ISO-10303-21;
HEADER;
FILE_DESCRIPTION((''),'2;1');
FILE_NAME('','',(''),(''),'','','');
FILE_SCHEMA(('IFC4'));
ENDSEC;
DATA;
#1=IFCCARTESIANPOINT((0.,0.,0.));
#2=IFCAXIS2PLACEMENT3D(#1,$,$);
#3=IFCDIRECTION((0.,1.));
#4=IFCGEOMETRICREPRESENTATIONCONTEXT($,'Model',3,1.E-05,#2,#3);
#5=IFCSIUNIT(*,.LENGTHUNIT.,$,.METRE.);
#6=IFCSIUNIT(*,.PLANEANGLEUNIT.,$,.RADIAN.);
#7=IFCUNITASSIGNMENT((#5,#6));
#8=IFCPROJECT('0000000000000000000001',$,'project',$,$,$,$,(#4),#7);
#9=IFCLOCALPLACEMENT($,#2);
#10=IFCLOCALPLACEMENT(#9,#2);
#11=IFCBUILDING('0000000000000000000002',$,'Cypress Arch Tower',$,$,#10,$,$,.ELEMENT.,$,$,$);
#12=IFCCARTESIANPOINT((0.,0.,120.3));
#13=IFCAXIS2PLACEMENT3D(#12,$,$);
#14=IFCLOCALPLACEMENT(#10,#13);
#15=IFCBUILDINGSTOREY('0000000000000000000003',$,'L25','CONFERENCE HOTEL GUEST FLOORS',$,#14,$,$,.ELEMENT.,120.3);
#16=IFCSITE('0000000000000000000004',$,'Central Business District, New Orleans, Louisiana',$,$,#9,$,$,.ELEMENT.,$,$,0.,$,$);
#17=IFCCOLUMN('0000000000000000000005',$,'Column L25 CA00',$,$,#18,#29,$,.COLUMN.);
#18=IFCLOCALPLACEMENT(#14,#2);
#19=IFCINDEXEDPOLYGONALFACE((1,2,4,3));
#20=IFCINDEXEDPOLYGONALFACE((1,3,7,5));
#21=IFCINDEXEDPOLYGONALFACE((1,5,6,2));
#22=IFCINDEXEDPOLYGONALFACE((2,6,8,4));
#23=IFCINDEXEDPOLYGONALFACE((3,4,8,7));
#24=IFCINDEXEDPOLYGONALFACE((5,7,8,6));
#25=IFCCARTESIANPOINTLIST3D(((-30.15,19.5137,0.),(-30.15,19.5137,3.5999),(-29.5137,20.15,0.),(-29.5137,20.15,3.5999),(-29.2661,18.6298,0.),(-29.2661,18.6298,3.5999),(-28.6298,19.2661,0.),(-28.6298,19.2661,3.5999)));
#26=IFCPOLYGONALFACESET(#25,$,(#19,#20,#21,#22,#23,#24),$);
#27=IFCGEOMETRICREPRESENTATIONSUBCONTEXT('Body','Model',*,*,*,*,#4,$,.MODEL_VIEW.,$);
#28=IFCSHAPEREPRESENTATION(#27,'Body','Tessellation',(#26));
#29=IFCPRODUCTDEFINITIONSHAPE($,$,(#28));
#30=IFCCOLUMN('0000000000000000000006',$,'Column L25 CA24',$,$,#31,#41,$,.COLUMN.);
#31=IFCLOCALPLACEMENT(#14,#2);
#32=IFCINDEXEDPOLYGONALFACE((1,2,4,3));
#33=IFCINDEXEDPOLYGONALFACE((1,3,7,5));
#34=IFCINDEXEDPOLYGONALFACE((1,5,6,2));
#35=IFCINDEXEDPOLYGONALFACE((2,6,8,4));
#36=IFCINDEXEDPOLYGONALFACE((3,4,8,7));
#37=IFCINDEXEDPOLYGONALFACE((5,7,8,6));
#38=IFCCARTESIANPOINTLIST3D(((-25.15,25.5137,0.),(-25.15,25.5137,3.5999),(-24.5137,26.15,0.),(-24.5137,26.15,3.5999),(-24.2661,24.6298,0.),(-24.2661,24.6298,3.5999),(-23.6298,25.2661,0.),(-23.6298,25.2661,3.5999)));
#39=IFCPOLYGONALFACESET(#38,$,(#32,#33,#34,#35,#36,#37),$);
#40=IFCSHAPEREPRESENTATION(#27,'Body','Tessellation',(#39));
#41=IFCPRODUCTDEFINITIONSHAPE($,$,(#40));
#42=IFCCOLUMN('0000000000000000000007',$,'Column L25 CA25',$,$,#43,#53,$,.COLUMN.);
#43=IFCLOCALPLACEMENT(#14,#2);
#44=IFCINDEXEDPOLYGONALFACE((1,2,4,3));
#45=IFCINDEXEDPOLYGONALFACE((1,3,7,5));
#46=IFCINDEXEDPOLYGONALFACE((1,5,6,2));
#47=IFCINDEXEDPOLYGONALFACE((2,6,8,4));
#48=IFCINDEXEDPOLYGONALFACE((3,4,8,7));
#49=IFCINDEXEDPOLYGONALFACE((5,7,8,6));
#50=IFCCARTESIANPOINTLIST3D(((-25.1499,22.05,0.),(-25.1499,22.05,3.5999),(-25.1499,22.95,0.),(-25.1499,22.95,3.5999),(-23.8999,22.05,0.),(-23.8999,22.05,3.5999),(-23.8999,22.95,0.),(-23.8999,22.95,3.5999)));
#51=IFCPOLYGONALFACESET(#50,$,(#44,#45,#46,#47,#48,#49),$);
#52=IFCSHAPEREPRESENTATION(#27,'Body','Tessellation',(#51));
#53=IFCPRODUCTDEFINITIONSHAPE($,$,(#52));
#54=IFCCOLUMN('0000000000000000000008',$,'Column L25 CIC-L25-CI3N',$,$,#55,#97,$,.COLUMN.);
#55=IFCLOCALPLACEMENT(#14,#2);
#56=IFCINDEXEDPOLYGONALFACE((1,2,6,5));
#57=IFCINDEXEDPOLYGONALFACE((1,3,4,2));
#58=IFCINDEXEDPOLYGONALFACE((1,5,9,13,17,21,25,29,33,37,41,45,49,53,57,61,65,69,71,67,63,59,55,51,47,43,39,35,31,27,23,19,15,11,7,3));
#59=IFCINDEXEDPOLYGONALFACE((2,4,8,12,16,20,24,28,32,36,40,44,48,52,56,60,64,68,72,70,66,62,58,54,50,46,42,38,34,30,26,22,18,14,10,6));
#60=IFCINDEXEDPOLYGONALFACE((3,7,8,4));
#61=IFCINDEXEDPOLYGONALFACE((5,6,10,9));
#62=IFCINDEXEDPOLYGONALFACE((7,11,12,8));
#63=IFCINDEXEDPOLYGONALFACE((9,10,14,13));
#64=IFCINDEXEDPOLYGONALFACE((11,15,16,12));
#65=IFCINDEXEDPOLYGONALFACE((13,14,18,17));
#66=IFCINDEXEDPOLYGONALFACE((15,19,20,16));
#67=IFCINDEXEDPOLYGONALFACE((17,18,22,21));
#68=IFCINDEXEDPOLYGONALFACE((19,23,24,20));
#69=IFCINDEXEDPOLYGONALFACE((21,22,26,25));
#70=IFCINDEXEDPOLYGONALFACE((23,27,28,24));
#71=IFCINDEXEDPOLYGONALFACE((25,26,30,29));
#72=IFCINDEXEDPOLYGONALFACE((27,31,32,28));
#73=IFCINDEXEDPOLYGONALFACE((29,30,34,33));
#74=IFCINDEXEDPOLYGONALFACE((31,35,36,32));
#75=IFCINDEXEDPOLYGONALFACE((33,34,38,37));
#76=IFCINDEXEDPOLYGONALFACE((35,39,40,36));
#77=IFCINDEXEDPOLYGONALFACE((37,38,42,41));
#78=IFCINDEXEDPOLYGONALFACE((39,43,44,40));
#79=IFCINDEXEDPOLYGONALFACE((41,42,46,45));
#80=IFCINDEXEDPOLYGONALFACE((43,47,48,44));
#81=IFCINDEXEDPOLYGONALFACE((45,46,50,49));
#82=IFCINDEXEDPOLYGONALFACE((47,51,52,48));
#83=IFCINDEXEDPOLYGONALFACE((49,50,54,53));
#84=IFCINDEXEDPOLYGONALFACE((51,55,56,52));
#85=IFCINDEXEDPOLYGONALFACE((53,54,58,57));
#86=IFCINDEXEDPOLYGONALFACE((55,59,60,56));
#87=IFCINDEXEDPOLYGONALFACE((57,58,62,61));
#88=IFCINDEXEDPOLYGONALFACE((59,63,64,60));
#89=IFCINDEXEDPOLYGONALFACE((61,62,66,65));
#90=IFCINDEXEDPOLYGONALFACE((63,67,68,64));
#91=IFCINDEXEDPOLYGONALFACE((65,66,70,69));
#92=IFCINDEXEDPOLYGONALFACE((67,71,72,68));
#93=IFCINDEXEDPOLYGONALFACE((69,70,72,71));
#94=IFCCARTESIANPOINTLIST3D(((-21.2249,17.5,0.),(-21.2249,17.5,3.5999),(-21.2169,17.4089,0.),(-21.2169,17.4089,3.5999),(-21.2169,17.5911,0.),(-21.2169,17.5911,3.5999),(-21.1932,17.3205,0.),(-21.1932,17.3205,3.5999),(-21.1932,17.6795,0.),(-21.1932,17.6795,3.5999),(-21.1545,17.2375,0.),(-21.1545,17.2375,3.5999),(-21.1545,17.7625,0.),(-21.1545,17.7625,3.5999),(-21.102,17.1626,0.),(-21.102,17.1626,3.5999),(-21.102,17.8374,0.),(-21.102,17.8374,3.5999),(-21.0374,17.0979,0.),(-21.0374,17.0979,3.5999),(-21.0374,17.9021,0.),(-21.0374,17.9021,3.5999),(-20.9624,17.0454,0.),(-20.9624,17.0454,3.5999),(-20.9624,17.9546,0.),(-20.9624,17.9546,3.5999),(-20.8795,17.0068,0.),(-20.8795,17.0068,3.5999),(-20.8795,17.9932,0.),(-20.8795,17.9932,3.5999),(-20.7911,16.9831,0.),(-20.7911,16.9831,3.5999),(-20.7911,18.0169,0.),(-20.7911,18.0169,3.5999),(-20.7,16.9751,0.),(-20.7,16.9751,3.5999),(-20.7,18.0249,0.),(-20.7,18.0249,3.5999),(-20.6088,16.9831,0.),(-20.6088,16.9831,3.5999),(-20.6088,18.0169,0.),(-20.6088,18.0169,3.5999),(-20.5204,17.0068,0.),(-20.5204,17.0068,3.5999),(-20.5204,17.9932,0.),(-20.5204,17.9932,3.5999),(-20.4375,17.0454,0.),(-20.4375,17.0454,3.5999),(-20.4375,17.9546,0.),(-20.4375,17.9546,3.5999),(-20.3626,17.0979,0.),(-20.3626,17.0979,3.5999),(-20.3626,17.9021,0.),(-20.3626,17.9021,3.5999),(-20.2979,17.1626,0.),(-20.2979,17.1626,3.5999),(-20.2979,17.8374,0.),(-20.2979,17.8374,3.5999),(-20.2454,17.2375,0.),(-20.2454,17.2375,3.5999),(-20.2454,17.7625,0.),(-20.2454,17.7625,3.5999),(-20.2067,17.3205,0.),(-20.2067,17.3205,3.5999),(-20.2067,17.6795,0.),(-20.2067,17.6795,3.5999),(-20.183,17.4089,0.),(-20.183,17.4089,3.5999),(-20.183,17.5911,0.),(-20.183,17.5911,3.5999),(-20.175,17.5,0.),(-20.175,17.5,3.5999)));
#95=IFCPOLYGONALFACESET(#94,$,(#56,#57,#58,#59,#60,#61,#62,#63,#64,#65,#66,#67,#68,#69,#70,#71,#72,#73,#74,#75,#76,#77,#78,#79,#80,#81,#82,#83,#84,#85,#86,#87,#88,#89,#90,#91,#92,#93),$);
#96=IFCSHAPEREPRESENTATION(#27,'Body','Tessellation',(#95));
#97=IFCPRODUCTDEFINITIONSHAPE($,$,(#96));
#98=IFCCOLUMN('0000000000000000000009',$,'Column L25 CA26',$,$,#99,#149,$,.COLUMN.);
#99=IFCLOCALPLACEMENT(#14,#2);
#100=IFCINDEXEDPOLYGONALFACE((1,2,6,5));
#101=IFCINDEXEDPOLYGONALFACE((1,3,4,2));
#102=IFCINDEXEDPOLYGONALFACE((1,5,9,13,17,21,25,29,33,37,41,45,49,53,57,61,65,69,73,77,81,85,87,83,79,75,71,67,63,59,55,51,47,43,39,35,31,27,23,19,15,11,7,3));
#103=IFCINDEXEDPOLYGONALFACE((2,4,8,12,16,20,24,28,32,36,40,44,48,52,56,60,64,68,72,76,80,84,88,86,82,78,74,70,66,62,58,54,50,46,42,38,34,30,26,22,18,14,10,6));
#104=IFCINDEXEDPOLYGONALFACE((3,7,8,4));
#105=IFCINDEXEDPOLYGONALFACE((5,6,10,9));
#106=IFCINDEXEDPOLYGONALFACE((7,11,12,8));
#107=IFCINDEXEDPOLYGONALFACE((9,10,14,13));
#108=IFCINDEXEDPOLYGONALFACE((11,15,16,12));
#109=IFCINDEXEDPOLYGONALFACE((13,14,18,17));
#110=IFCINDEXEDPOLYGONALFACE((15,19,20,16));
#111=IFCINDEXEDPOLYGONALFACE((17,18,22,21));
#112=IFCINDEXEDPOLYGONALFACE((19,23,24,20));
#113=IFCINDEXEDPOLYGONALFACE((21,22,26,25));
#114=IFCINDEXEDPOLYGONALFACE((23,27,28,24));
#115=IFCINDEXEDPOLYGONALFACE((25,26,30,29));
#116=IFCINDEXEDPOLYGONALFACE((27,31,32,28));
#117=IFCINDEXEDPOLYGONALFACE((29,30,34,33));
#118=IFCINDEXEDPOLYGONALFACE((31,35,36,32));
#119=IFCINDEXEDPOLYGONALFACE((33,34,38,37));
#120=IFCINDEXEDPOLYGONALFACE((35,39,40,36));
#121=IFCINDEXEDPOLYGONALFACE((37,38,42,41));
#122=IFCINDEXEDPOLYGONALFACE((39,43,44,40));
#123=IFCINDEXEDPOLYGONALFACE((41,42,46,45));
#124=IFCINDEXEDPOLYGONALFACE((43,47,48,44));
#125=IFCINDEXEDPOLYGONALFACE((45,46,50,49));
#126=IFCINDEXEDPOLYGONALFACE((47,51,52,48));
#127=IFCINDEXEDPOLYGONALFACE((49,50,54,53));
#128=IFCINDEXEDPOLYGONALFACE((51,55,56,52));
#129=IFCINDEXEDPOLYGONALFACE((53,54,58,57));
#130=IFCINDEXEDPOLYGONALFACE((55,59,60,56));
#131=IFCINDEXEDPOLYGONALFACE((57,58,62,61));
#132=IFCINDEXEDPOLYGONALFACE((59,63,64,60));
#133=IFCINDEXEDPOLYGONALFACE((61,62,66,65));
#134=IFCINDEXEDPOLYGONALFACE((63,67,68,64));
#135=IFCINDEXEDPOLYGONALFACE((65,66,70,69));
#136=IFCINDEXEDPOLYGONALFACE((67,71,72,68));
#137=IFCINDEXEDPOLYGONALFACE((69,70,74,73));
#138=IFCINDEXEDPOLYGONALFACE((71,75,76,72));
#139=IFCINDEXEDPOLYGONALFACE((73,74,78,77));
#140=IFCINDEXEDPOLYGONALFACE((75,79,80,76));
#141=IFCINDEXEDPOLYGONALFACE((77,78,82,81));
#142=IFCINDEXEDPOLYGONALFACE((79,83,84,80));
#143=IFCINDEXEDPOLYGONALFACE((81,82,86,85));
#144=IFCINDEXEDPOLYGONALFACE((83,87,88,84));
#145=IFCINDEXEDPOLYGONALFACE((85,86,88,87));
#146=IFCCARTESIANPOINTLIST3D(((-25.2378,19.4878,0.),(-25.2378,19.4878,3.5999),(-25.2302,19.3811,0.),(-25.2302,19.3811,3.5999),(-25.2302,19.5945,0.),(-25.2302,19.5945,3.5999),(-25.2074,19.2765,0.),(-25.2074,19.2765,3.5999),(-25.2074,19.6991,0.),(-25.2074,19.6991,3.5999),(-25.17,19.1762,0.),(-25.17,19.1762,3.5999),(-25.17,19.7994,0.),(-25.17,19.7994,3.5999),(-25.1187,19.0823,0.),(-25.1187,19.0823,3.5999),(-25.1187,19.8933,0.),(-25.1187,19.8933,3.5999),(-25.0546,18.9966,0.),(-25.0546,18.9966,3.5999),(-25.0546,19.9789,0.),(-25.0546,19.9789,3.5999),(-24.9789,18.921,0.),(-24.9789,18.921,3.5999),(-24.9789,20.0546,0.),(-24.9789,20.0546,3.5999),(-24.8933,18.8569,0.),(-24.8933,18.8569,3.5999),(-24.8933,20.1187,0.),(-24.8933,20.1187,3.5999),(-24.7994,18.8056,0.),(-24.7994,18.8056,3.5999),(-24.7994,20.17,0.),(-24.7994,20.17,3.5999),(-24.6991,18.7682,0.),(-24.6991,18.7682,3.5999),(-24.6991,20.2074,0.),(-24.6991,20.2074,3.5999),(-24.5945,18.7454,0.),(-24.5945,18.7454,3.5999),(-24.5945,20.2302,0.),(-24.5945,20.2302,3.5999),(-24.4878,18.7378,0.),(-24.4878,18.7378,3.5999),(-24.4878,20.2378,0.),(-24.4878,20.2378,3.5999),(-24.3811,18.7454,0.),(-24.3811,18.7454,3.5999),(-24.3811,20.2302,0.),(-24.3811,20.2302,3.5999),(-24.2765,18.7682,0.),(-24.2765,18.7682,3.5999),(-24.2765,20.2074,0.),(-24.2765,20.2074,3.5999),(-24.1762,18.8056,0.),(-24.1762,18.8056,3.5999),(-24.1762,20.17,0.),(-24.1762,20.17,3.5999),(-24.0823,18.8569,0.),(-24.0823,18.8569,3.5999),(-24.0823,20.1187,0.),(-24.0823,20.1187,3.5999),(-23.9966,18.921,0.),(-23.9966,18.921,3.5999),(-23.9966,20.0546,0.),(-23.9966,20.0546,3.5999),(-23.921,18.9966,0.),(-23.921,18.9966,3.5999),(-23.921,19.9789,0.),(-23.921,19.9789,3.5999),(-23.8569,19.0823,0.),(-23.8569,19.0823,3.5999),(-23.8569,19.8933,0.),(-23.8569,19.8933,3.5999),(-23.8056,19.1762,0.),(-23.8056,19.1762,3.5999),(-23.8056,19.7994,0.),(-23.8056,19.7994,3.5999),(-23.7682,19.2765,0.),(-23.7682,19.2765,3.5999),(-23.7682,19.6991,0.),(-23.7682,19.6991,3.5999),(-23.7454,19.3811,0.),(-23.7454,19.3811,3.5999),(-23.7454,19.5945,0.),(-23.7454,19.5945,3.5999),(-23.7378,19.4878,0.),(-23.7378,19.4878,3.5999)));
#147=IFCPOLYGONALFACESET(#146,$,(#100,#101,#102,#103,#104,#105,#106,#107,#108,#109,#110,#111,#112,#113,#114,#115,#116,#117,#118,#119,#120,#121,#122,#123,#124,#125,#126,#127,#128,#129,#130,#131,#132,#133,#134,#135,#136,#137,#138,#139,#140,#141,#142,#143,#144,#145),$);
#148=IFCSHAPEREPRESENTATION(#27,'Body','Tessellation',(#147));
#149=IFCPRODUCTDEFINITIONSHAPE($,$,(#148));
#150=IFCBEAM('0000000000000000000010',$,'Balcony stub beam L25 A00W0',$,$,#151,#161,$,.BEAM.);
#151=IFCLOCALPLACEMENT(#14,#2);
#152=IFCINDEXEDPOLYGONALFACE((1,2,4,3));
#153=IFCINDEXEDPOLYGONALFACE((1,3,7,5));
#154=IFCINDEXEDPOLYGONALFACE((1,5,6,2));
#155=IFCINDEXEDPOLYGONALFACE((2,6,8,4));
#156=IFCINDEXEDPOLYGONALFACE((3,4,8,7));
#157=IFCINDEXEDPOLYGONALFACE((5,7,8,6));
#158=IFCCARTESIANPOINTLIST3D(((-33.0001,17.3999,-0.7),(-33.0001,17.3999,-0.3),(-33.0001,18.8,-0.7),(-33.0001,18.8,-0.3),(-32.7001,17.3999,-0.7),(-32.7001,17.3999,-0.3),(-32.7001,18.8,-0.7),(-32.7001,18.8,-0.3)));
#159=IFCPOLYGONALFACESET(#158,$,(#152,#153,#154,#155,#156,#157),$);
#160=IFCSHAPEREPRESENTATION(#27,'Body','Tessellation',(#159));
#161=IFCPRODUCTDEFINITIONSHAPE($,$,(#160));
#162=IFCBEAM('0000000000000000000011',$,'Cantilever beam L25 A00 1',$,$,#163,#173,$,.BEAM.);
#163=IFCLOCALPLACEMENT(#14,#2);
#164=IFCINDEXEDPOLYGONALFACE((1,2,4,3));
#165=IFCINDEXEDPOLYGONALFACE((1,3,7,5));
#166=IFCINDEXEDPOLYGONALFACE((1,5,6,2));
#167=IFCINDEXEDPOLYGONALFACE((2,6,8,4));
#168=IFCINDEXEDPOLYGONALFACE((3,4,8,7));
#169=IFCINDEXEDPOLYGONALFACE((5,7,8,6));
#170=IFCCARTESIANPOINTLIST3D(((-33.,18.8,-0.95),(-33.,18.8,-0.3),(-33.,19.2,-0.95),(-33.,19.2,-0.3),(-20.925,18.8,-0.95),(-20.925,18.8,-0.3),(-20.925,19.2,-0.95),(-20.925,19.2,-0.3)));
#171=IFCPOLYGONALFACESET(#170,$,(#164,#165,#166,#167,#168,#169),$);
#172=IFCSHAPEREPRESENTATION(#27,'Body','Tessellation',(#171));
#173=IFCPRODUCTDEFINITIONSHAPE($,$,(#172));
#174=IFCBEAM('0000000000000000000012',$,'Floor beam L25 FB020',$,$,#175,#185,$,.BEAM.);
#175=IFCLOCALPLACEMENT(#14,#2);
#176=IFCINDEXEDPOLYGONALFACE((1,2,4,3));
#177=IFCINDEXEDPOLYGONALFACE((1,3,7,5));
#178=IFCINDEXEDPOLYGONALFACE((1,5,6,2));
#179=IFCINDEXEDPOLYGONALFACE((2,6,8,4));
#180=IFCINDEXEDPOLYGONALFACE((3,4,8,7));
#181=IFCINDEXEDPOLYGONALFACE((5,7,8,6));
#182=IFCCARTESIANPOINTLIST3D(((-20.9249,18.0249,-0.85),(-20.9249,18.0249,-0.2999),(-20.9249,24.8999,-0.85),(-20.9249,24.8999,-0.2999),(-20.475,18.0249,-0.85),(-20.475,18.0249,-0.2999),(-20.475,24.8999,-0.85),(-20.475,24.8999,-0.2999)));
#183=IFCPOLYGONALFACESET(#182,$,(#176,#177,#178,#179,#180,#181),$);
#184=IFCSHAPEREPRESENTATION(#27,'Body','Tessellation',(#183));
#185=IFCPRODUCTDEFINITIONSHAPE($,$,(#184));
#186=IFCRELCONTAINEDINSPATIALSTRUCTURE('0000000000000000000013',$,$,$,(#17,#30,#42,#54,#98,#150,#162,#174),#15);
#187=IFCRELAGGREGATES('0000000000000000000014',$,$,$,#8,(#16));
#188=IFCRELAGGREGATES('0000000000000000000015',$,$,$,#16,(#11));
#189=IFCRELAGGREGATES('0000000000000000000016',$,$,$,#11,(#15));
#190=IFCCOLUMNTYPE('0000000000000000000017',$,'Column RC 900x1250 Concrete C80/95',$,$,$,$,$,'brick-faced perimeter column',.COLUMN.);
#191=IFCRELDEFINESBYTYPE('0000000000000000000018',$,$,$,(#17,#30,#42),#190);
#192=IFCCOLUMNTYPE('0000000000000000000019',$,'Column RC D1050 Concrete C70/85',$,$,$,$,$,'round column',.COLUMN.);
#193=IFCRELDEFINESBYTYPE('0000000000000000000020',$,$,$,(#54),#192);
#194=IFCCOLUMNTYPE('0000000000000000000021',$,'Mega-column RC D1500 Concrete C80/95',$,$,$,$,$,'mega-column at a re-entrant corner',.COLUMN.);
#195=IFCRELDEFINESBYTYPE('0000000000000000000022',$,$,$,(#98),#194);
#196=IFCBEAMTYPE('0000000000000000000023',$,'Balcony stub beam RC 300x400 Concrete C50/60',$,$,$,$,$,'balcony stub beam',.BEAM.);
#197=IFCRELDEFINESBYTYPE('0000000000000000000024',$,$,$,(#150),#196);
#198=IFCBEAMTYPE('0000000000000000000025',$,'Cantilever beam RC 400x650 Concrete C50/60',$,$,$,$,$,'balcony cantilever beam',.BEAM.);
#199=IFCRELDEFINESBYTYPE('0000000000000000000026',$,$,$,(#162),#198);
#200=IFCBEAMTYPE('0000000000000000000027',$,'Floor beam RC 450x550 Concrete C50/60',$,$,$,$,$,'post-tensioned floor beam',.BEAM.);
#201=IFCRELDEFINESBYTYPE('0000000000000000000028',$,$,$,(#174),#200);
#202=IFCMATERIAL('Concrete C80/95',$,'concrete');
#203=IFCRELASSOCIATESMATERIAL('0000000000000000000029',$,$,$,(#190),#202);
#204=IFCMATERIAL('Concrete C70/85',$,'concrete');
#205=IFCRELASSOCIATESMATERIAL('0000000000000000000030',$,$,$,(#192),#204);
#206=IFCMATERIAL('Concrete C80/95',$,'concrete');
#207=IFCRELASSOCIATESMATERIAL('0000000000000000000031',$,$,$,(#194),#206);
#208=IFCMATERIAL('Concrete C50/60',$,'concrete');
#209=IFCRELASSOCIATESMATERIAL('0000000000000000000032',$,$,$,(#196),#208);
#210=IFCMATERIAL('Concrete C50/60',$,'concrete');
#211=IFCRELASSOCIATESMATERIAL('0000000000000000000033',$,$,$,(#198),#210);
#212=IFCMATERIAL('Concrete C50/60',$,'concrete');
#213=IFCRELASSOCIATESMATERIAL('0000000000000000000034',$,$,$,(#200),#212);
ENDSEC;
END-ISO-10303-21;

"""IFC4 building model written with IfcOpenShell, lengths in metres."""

from ifc_helpers import new_model, si_unit, direction, frame, origin, origin_2d, place, context, subcontext, project, spatial, rectangle, circle, extrude, material, material_profile, profile_set, type_object, element, save


model = new_model("IFC4")

# Units and contexts
model_context = context("Model", 3, precision=1e-05, world=origin(), true_north=direction((0.0, 1.0)))
body_context = subcontext(model_context, "Body", "Model", "MODEL_VIEW")
ifc_project = project(units=[si_unit("LENGTHUNIT", "METRE"), si_unit("PLANEANGLEUNIT", "RADIAN")], contexts=[model_context])

# Site, building, storey
site_placement = place(None, origin())
site = spatial("IfcSite", under=ifc_project, at=site_placement, Name="Central Business District, New Orleans, Louisiana", CompositionType="ELEMENT", RefElevation=0.0)
building_placement = place(site_placement, origin())
building = spatial("IfcBuilding", under=site, at=building_placement, Name="Cypress Arch Tower", CompositionType="ELEMENT")
storey_placement = place(building_placement, frame((0.0, 0.0, 120.3)))
storey = spatial("IfcBuildingStorey", under=building, at=storey_placement, Name="L25", Description="CONFERENCE HOTEL GUEST FLOORS", CompositionType="ELEMENT", Elevation=120.3)

# Columns
ifc_material_1 = material(Name="Concrete C80/95", Category="concrete")
ifc_material_profile_1 = material_profile(ifc_material_1, rectangle(XDim=0.8999, YDim=1.25, at=origin_2d()), Name="RC 900x1250")
ifc_profile_set_1 = profile_set([ifc_material_profile_1], Name="Concrete C80/95")
column_type_1 = type_object("IfcColumnType", Name="Column RC 900x1250 Concrete C80/95", ElementType="brick-faced perimeter column", PredefinedType="COLUMN", material=ifc_profile_set_1)
for number, where, z_axis, x_axis, name in (
    (1, (-29.3899, 19.3899, 0.0), (0.0, 0.0, 1.0), (-0.707107, -0.707107, 0.0), "Column L25 CA00"),
    (2, (-24.3899, 25.3899, 0.0), (0.0, 0.0, 1.0), (-0.707107, -0.707107, 0.0), "Column L25 CA24"),
    (3, (-24.5249, 22.5, 0.0), (0.0, 0.0, 1.0), (0.0, -1.0, 0.0), "Column L25 CA25"),
):
    element("IfcColumn", number, at=place(storey_placement, frame(where, z_axis=z_axis, x_axis=x_axis)), inside=storey, type_object=column_type_1, Name=name, PredefinedType="COLUMN", context=body_context, shape_type="SweptSolid", body=[
        extrude(rectangle(XDim=0.8999, YDim=1.25, at=origin_2d()), origin(), (0.0, 0.0, 1.0), 3.5999),
    ])
ifc_material_2 = material(Name="Concrete C70/85", Category="concrete")
ifc_material_profile_2 = material_profile(ifc_material_2, circle(Radius=0.5249, at=origin_2d()), Name="RC D1050")
ifc_profile_set_2 = profile_set([ifc_material_profile_2], Name="Concrete C70/85")
column_type_2 = type_object("IfcColumnType", Name="Column RC D1050 Concrete C70/85", ElementType="round column", PredefinedType="COLUMN", material=ifc_profile_set_2)
column_1_placement = place(storey_placement, frame((-20.7, 17.5, 0.0), z_axis=(0.0, 0.0, 1.0), x_axis=(1.0, 0.0, 0.0)))
element("IfcColumn", 4, at=column_1_placement, inside=storey, type_object=column_type_2, Name="Column L25 CIC-L25-CI3N", PredefinedType="COLUMN", context=body_context, shape_type="SweptSolid", body=[
    extrude(circle(Radius=0.5249, at=origin_2d()), origin(), (0.0, 0.0, 1.0), 3.5999),
])
ifc_material_3 = material(Name="Concrete C80/95", Category="concrete")
ifc_material_profile_3 = material_profile(ifc_material_3, circle(Radius=0.75, at=origin_2d()), Name="RC D1500")
ifc_profile_set_3 = profile_set([ifc_material_profile_3], Name="Concrete C80/95")
column_type_3 = type_object("IfcColumnType", Name="Mega-column RC D1500 Concrete C80/95", ElementType="mega-column at a re-entrant corner", PredefinedType="COLUMN", material=ifc_profile_set_3)
column_2_placement = place(storey_placement, frame((-24.4878, 19.4878, 0.0), z_axis=(0.0, 0.0, 1.0), x_axis=(1.0, 0.0, 0.0)))
element("IfcColumn", 5, at=column_2_placement, inside=storey, type_object=column_type_3, Name="Column L25 CA26", PredefinedType="COLUMN", context=body_context, shape_type="SweptSolid", body=[
    extrude(circle(Radius=0.75, at=origin_2d()), origin(), (0.0, 0.0, 1.0), 3.5999),
])

# Beams
ifc_material_4 = material(Name="Concrete C50/60", Category="concrete")
ifc_material_profile_4 = material_profile(ifc_material_4, rectangle(XDim=0.3, YDim=0.3999, at=origin_2d()), Name="RC 300x400")
ifc_profile_set_4 = profile_set([ifc_material_profile_4], Name="Concrete C50/60")
beam_type_1 = type_object("IfcBeamType", Name="Balcony stub beam RC 300x400 Concrete C50/60", ElementType="balcony stub beam", PredefinedType="BEAM", material=ifc_profile_set_4)
beam_1_placement = place(storey_placement, frame((-32.8501, 18.8, -0.5), z_axis=(0.0, -1.0, 0.0), x_axis=(1.0, 0.0, 0.0)))
element("IfcBeam", 6, at=beam_1_placement, inside=storey, type_object=beam_type_1, Name="Balcony stub beam L25 A00W0", PredefinedType="BEAM", context=body_context, shape_type="SweptSolid", body=[
    extrude(rectangle(XDim=0.3, YDim=0.3999, at=origin_2d()), origin(), (0.0, 0.0, 1.0), 1.4001),
])
ifc_material_5 = material(Name="Concrete C50/60", Category="concrete")
ifc_material_profile_5 = material_profile(ifc_material_5, rectangle(XDim=0.3999, YDim=0.6499, at=origin_2d()), Name="RC 400x650")
ifc_profile_set_5 = profile_set([ifc_material_profile_5], Name="Concrete C50/60")
beam_type_2 = type_object("IfcBeamType", Name="Cantilever beam RC 400x650 Concrete C50/60", ElementType="balcony cantilever beam", PredefinedType="BEAM", material=ifc_profile_set_5)
beam_2_placement = place(storey_placement, frame((-20.925, 19.0, -0.625), z_axis=(-1.0, 0.0, 0.0), x_axis=(0.0, -1.0, 0.0)))
element("IfcBeam", 7, at=beam_2_placement, inside=storey, type_object=beam_type_2, Name="Cantilever beam L25 A00 1", PredefinedType="BEAM", context=body_context, shape_type="SweptSolid", body=[
    extrude(rectangle(XDim=0.3999, YDim=0.6499, at=origin_2d()), origin(), (0.0, 0.0, 1.0), 12.075),
])
ifc_material_6 = material(Name="Concrete C50/60", Category="concrete")
ifc_material_profile_6 = material_profile(ifc_material_6, rectangle(XDim=0.45, YDim=0.55, at=origin_2d()), Name="RC 450x550")
ifc_profile_set_6 = profile_set([ifc_material_profile_6], Name="Concrete C50/60")
beam_type_3 = type_object("IfcBeamType", Name="Floor beam RC 450x550 Concrete C50/60", ElementType="post-tensioned floor beam", PredefinedType="BEAM", material=ifc_profile_set_6)
beam_3_placement = place(storey_placement, frame((-20.7, 18.0249, -0.575), z_axis=(0.0, 1.0, 0.0), x_axis=(-1.0, 0.0, 0.0)))
element("IfcBeam", 8, at=beam_3_placement, inside=storey, type_object=beam_type_3, Name="Floor beam L25 FB020", PredefinedType="BEAM", context=body_context, shape_type="SweptSolid", body=[
    extrude(rectangle(XDim=0.45, YDim=0.55, at=origin_2d()), origin(), (0.0, 0.0, 1.0), 6.875),
])

save(model, "model.ifc")
